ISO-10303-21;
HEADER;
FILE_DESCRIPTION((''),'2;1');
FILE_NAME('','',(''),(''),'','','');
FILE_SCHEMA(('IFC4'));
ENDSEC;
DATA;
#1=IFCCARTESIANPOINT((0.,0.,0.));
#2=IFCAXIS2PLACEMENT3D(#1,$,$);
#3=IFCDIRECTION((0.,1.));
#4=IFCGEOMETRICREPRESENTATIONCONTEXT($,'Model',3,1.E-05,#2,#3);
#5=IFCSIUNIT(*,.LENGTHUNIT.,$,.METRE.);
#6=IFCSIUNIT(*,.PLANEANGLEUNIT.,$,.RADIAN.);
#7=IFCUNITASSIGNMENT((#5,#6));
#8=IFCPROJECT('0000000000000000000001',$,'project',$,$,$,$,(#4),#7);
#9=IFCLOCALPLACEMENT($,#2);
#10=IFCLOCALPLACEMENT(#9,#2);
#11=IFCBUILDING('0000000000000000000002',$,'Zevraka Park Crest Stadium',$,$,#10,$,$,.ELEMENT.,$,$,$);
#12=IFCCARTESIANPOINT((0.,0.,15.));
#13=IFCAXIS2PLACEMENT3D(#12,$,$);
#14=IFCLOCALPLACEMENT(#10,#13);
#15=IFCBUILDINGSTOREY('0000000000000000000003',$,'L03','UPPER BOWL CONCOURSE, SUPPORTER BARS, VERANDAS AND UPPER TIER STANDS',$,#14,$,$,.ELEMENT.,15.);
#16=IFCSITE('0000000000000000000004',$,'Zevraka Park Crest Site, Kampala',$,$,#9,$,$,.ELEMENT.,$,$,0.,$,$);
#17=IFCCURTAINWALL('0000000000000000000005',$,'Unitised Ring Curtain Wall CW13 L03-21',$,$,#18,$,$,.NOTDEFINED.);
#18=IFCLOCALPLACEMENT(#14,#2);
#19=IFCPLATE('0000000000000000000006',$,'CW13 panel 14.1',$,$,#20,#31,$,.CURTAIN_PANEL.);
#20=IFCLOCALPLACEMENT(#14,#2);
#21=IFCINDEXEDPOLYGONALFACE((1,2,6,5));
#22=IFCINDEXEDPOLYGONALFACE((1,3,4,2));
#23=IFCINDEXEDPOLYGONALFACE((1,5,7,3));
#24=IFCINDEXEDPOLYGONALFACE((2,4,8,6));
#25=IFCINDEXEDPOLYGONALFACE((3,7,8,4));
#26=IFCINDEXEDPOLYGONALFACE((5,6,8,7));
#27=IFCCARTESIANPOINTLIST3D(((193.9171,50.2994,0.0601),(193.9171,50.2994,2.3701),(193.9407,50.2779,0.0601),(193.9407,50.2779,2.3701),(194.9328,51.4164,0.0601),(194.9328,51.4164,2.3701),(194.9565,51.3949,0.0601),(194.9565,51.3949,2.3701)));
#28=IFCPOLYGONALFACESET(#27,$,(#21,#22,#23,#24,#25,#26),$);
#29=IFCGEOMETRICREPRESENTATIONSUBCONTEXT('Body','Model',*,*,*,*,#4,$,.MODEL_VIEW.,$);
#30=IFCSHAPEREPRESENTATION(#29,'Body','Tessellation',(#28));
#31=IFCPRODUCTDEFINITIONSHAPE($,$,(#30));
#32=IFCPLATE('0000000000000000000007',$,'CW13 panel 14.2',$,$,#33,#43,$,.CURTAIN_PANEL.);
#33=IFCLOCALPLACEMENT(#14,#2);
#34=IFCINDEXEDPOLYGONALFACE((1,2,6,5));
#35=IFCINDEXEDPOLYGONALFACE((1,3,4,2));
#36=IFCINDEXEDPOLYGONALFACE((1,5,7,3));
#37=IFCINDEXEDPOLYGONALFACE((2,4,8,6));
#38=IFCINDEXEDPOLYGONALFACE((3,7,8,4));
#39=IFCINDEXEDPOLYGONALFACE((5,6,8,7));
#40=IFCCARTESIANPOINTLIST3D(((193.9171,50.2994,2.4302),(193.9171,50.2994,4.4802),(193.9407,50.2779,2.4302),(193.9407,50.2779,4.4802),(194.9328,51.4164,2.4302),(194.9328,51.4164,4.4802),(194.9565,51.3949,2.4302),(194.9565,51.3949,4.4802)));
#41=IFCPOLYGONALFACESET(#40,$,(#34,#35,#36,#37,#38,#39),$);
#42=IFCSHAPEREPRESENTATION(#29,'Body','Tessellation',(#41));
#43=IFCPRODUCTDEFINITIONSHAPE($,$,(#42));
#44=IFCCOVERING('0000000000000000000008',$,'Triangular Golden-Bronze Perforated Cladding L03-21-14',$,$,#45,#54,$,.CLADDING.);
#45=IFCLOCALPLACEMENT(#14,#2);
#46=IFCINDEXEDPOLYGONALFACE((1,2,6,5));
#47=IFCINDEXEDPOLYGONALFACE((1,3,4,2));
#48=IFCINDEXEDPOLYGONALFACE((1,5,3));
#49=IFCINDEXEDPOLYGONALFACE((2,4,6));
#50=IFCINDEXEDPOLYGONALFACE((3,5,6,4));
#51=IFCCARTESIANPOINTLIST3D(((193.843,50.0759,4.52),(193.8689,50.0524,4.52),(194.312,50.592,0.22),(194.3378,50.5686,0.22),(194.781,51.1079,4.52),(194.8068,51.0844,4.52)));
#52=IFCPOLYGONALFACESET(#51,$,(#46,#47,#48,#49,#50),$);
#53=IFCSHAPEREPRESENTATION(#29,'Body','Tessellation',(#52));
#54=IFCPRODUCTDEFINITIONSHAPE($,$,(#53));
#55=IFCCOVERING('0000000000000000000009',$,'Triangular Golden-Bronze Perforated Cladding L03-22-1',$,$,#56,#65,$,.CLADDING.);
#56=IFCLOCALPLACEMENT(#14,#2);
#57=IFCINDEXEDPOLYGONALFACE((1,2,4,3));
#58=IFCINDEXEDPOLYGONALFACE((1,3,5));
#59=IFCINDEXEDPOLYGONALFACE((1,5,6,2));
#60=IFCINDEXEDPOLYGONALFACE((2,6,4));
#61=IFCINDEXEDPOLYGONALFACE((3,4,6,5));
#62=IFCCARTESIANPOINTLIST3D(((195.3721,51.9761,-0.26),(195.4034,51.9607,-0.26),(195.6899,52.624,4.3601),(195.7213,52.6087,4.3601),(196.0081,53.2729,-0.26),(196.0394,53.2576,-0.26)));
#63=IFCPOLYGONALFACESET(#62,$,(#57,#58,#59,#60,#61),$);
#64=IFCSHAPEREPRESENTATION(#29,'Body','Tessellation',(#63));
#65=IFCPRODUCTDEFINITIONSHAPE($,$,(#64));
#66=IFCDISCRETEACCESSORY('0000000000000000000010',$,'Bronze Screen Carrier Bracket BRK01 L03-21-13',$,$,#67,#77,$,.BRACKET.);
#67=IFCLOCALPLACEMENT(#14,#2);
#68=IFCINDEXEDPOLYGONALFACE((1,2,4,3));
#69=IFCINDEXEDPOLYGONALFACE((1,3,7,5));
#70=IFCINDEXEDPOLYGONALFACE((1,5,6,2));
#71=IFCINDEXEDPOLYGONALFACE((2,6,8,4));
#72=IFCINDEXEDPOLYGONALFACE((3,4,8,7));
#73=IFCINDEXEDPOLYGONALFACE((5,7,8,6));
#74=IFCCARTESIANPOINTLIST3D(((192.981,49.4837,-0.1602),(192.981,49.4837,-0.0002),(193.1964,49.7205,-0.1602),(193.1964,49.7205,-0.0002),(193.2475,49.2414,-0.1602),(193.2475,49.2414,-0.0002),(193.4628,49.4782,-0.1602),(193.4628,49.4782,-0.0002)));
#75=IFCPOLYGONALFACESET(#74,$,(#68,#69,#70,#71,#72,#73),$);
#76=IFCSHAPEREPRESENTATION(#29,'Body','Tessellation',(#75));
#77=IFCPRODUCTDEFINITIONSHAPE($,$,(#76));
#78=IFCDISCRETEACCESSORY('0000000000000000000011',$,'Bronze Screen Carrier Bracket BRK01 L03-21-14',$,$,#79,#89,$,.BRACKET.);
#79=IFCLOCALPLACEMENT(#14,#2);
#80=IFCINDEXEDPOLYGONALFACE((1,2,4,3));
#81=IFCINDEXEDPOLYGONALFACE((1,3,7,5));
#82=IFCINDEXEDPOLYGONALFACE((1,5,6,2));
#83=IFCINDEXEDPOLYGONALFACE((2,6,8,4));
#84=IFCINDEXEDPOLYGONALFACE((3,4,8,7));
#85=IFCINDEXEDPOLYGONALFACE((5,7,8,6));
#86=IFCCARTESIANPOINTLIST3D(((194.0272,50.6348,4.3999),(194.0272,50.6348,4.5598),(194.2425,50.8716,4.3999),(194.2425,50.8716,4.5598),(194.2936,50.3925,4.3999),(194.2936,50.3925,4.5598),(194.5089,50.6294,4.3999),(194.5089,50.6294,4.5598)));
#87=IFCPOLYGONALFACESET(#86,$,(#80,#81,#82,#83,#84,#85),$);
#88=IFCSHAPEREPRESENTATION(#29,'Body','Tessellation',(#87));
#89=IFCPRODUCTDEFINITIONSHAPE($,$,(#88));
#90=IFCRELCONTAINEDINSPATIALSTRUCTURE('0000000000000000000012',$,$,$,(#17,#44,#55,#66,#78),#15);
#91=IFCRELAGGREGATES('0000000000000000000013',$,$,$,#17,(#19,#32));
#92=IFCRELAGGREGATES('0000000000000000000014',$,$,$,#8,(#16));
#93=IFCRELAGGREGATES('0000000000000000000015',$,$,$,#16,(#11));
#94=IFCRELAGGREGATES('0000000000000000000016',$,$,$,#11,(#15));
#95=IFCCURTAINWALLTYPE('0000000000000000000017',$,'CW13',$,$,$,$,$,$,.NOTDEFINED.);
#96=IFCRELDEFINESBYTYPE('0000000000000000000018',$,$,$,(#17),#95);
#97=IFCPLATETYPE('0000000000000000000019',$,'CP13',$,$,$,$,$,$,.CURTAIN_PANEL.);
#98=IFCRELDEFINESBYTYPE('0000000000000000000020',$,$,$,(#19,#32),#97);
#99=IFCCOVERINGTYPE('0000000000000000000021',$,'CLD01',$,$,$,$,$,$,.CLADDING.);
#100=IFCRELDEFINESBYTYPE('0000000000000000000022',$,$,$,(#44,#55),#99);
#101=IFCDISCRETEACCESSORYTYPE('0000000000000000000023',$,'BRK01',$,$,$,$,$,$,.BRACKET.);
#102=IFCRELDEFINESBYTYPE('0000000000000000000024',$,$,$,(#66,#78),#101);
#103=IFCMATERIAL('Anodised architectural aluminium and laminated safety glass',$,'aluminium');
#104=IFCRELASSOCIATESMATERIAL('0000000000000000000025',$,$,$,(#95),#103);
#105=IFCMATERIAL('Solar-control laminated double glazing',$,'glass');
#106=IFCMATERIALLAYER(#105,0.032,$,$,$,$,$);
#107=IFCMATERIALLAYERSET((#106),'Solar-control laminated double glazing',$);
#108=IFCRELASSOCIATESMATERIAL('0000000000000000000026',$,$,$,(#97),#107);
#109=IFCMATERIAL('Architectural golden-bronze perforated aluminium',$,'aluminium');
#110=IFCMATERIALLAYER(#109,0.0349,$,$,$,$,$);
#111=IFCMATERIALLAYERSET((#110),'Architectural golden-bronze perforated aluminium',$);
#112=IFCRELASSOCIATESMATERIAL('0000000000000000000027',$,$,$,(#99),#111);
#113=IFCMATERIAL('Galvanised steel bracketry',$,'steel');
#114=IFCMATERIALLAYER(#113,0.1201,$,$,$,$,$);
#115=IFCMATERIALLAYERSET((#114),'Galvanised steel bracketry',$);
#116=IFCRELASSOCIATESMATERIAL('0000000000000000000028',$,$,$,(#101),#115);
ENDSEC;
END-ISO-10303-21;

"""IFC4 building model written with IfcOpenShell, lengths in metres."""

from ifc_helpers import new_model, si_unit, direction, frame, origin, origin_2d, place, context, subcontext, project, spatial, polyline, rectangle, outline, extrude, material, layer, layer_set, type_object, element, aggregate, save


model = new_model("IFC4")

# Units and contexts
model_context = context("Model", 3, precision=1e-05, world=origin(), true_north=direction((0.0, 1.0)))
body_context = subcontext(model_context, "Body", "Model", "MODEL_VIEW")
ifc_project = project(units=[si_unit("LENGTHUNIT", "METRE"), si_unit("PLANEANGLEUNIT", "RADIAN")], contexts=[model_context])

# Site, building, storey
site_placement = place(None, origin())
site = spatial("IfcSite", under=ifc_project, at=site_placement, Name="Zevraka Park Crest Site, Kampala", CompositionType="ELEMENT", RefElevation=0.0)
building_placement = place(site_placement, origin())
building = spatial("IfcBuilding", under=site, at=building_placement, Name="Zevraka Park Crest Stadium", CompositionType="ELEMENT")
storey_placement = place(building_placement, frame((0.0, 0.0, 15.0)))
storey = spatial("IfcBuildingStorey", under=building, at=storey_placement, Name="L03", Description="UPPER BOWL CONCOURSE, SUPPORTER BARS, VERANDAS AND UPPER TIER STANDS", CompositionType="ELEMENT", Elevation=15.0)

# Curtain wall
ifc_material_1 = material(Name="Anodised architectural aluminium and laminated safety glass", Category="aluminium")
curtain_wall_type_1 = type_object("IfcCurtainWallType", Name="CW13", PredefinedType="NOTDEFINED", material=ifc_material_1)
curtain_wall_1_placement = place(storey_placement, origin())
curtain_wall_1 = element("IfcCurtainWall", 1, at=curtain_wall_1_placement, inside=storey, type_object=curtain_wall_type_1, Name="Unitised Ring Curtain Wall CW13 L03-21", PredefinedType="NOTDEFINED")

# Plates
ifc_material_2 = material(Name="Solar-control laminated double glazing", Category="glass")
ifc_layer_1 = layer(ifc_material_2, 0.032)
ifc_layer_set_1 = layer_set([ifc_layer_1], Name="Solar-control laminated double glazing")
plate_type_1 = type_object("IfcPlateType", Name="CP13", PredefinedType="CURTAIN_PANEL", material=ifc_layer_set_1)
plate_1_placement = place(storey_placement, frame((194.4368, 50.8472, 0.0601), z_axis=(0.0, 0.0, 1.0), x_axis=(0.672802, 0.739823, 0.0)))
plate_1 = element("IfcPlate", 2, at=plate_1_placement, type_object=plate_type_1, Name="CW13 panel 14.1", PredefinedType="CURTAIN_PANEL", context=body_context, shape_type="SweptSolid", body=[
    extrude(rectangle(XDim=1.5098, YDim=0.032, at=origin_2d()), origin(), (0.0, 0.0, 1.0), 2.3101),
])
plate_2_placement = place(storey_placement, frame((194.4368, 50.8472, 2.4302), z_axis=(0.0, 0.0, 1.0), x_axis=(0.672802, 0.739823, 0.0)))
plate_2 = element("IfcPlate", 3, at=plate_2_placement, type_object=plate_type_1, Name="CW13 panel 14.2", PredefinedType="CURTAIN_PANEL", context=body_context, shape_type="SweptSolid", body=[
    extrude(rectangle(XDim=1.5098, YDim=0.032, at=origin_2d()), origin(), (0.0, 0.0, 1.0), 2.05),
])
aggregate(curtain_wall_1, [plate_1, plate_2])

# Coverings
ifc_material_3 = material(Name="Architectural golden-bronze perforated aluminium", Category="aluminium")
ifc_layer_2 = layer(ifc_material_3, 0.0349)
ifc_layer_set_2 = layer_set([ifc_layer_2], Name="Architectural golden-bronze perforated aluminium")
covering_type = type_object("IfcCoveringType", Name="CLD01", PredefinedType="CLADDING", material=ifc_layer_set_2)
covering_1_placement = place(storey_placement, frame((194.781, 51.1079, 4.52), z_axis=(-0.740003, 0.672603, 0.000019), x_axis=(-0.672603, -0.740003, 0.0)))
element("IfcCovering", 4, at=covering_1_placement, inside=storey, type_object=covering_type, Name="Triangular Golden-Bronze Perforated Cladding L03-21-14", PredefinedType="CLADDING", context=body_context, shape_type="SweptSolid", body=[
    extrude(outline(polyline([(0.0, 0.0), (1.3946, 0.0), (0.6972, -4.3), (0.0, 0.0)])), origin(), (0.0, 0.0, -1.0), 0.0349),
])
covering_2_placement = place(storey_placement, frame((195.3721, 51.9761, -0.26), z_axis=(-0.897849, 0.440304, 0.000023), x_axis=(0.440304, 0.897849, 0.0)))
element("IfcCovering", 5, at=covering_2_placement, inside=storey, type_object=covering_type, Name="Triangular Golden-Bronze Perforated Cladding L03-22-1", PredefinedType="CLADDING", context=body_context, shape_type="SweptSolid", body=[
    extrude(outline(polyline([(0.0, 0.0), (1.4444, 0.0), (0.7217, -4.6201), (0.0, 0.0)])), origin(), (0.0, 0.0, -1.0), 0.0349),
])

# Discrete accessories
ifc_material_4 = material(Name="Galvanised steel bracketry", Category="steel")
ifc_layer_3 = layer(ifc_material_4, 0.1201)
ifc_layer_set_3 = layer_set([ifc_layer_3], Name="Galvanised steel bracketry")
discrete_accessory_type = type_object("IfcDiscreteAccessoryType", Name="BRK01", PredefinedType="BRACKET", material=ifc_layer_set_3)
for number, where, z_axis, x_axis, name in (
    (6, (193.2219, 49.481, -0.1602), (0.0, 0.0, 1.0), (0.672754, 0.739866, 0.0), "Bronze Screen Carrier Bracket BRK01 L03-21-13"),
    (7, (194.2681, 50.6321, 4.3999), (0.0, 0.0, 1.0), (0.672754, 0.739866, 0.0), "Bronze Screen Carrier Bracket BRK01 L03-21-14"),
):
    element("IfcDiscreteAccessory", number, at=place(storey_placement, frame(where, z_axis=z_axis, x_axis=x_axis)), inside=storey, type_object=discrete_accessory_type, Name=name, PredefinedType="BRACKET", context=body_context, shape_type="SweptSolid", body=[
        extrude(rectangle(XDim=0.3201, YDim=0.3601, at=origin_2d()), origin(), (0.0, 0.0, 1.0), 0.1599),
    ])

save(model, "model.ifc")
